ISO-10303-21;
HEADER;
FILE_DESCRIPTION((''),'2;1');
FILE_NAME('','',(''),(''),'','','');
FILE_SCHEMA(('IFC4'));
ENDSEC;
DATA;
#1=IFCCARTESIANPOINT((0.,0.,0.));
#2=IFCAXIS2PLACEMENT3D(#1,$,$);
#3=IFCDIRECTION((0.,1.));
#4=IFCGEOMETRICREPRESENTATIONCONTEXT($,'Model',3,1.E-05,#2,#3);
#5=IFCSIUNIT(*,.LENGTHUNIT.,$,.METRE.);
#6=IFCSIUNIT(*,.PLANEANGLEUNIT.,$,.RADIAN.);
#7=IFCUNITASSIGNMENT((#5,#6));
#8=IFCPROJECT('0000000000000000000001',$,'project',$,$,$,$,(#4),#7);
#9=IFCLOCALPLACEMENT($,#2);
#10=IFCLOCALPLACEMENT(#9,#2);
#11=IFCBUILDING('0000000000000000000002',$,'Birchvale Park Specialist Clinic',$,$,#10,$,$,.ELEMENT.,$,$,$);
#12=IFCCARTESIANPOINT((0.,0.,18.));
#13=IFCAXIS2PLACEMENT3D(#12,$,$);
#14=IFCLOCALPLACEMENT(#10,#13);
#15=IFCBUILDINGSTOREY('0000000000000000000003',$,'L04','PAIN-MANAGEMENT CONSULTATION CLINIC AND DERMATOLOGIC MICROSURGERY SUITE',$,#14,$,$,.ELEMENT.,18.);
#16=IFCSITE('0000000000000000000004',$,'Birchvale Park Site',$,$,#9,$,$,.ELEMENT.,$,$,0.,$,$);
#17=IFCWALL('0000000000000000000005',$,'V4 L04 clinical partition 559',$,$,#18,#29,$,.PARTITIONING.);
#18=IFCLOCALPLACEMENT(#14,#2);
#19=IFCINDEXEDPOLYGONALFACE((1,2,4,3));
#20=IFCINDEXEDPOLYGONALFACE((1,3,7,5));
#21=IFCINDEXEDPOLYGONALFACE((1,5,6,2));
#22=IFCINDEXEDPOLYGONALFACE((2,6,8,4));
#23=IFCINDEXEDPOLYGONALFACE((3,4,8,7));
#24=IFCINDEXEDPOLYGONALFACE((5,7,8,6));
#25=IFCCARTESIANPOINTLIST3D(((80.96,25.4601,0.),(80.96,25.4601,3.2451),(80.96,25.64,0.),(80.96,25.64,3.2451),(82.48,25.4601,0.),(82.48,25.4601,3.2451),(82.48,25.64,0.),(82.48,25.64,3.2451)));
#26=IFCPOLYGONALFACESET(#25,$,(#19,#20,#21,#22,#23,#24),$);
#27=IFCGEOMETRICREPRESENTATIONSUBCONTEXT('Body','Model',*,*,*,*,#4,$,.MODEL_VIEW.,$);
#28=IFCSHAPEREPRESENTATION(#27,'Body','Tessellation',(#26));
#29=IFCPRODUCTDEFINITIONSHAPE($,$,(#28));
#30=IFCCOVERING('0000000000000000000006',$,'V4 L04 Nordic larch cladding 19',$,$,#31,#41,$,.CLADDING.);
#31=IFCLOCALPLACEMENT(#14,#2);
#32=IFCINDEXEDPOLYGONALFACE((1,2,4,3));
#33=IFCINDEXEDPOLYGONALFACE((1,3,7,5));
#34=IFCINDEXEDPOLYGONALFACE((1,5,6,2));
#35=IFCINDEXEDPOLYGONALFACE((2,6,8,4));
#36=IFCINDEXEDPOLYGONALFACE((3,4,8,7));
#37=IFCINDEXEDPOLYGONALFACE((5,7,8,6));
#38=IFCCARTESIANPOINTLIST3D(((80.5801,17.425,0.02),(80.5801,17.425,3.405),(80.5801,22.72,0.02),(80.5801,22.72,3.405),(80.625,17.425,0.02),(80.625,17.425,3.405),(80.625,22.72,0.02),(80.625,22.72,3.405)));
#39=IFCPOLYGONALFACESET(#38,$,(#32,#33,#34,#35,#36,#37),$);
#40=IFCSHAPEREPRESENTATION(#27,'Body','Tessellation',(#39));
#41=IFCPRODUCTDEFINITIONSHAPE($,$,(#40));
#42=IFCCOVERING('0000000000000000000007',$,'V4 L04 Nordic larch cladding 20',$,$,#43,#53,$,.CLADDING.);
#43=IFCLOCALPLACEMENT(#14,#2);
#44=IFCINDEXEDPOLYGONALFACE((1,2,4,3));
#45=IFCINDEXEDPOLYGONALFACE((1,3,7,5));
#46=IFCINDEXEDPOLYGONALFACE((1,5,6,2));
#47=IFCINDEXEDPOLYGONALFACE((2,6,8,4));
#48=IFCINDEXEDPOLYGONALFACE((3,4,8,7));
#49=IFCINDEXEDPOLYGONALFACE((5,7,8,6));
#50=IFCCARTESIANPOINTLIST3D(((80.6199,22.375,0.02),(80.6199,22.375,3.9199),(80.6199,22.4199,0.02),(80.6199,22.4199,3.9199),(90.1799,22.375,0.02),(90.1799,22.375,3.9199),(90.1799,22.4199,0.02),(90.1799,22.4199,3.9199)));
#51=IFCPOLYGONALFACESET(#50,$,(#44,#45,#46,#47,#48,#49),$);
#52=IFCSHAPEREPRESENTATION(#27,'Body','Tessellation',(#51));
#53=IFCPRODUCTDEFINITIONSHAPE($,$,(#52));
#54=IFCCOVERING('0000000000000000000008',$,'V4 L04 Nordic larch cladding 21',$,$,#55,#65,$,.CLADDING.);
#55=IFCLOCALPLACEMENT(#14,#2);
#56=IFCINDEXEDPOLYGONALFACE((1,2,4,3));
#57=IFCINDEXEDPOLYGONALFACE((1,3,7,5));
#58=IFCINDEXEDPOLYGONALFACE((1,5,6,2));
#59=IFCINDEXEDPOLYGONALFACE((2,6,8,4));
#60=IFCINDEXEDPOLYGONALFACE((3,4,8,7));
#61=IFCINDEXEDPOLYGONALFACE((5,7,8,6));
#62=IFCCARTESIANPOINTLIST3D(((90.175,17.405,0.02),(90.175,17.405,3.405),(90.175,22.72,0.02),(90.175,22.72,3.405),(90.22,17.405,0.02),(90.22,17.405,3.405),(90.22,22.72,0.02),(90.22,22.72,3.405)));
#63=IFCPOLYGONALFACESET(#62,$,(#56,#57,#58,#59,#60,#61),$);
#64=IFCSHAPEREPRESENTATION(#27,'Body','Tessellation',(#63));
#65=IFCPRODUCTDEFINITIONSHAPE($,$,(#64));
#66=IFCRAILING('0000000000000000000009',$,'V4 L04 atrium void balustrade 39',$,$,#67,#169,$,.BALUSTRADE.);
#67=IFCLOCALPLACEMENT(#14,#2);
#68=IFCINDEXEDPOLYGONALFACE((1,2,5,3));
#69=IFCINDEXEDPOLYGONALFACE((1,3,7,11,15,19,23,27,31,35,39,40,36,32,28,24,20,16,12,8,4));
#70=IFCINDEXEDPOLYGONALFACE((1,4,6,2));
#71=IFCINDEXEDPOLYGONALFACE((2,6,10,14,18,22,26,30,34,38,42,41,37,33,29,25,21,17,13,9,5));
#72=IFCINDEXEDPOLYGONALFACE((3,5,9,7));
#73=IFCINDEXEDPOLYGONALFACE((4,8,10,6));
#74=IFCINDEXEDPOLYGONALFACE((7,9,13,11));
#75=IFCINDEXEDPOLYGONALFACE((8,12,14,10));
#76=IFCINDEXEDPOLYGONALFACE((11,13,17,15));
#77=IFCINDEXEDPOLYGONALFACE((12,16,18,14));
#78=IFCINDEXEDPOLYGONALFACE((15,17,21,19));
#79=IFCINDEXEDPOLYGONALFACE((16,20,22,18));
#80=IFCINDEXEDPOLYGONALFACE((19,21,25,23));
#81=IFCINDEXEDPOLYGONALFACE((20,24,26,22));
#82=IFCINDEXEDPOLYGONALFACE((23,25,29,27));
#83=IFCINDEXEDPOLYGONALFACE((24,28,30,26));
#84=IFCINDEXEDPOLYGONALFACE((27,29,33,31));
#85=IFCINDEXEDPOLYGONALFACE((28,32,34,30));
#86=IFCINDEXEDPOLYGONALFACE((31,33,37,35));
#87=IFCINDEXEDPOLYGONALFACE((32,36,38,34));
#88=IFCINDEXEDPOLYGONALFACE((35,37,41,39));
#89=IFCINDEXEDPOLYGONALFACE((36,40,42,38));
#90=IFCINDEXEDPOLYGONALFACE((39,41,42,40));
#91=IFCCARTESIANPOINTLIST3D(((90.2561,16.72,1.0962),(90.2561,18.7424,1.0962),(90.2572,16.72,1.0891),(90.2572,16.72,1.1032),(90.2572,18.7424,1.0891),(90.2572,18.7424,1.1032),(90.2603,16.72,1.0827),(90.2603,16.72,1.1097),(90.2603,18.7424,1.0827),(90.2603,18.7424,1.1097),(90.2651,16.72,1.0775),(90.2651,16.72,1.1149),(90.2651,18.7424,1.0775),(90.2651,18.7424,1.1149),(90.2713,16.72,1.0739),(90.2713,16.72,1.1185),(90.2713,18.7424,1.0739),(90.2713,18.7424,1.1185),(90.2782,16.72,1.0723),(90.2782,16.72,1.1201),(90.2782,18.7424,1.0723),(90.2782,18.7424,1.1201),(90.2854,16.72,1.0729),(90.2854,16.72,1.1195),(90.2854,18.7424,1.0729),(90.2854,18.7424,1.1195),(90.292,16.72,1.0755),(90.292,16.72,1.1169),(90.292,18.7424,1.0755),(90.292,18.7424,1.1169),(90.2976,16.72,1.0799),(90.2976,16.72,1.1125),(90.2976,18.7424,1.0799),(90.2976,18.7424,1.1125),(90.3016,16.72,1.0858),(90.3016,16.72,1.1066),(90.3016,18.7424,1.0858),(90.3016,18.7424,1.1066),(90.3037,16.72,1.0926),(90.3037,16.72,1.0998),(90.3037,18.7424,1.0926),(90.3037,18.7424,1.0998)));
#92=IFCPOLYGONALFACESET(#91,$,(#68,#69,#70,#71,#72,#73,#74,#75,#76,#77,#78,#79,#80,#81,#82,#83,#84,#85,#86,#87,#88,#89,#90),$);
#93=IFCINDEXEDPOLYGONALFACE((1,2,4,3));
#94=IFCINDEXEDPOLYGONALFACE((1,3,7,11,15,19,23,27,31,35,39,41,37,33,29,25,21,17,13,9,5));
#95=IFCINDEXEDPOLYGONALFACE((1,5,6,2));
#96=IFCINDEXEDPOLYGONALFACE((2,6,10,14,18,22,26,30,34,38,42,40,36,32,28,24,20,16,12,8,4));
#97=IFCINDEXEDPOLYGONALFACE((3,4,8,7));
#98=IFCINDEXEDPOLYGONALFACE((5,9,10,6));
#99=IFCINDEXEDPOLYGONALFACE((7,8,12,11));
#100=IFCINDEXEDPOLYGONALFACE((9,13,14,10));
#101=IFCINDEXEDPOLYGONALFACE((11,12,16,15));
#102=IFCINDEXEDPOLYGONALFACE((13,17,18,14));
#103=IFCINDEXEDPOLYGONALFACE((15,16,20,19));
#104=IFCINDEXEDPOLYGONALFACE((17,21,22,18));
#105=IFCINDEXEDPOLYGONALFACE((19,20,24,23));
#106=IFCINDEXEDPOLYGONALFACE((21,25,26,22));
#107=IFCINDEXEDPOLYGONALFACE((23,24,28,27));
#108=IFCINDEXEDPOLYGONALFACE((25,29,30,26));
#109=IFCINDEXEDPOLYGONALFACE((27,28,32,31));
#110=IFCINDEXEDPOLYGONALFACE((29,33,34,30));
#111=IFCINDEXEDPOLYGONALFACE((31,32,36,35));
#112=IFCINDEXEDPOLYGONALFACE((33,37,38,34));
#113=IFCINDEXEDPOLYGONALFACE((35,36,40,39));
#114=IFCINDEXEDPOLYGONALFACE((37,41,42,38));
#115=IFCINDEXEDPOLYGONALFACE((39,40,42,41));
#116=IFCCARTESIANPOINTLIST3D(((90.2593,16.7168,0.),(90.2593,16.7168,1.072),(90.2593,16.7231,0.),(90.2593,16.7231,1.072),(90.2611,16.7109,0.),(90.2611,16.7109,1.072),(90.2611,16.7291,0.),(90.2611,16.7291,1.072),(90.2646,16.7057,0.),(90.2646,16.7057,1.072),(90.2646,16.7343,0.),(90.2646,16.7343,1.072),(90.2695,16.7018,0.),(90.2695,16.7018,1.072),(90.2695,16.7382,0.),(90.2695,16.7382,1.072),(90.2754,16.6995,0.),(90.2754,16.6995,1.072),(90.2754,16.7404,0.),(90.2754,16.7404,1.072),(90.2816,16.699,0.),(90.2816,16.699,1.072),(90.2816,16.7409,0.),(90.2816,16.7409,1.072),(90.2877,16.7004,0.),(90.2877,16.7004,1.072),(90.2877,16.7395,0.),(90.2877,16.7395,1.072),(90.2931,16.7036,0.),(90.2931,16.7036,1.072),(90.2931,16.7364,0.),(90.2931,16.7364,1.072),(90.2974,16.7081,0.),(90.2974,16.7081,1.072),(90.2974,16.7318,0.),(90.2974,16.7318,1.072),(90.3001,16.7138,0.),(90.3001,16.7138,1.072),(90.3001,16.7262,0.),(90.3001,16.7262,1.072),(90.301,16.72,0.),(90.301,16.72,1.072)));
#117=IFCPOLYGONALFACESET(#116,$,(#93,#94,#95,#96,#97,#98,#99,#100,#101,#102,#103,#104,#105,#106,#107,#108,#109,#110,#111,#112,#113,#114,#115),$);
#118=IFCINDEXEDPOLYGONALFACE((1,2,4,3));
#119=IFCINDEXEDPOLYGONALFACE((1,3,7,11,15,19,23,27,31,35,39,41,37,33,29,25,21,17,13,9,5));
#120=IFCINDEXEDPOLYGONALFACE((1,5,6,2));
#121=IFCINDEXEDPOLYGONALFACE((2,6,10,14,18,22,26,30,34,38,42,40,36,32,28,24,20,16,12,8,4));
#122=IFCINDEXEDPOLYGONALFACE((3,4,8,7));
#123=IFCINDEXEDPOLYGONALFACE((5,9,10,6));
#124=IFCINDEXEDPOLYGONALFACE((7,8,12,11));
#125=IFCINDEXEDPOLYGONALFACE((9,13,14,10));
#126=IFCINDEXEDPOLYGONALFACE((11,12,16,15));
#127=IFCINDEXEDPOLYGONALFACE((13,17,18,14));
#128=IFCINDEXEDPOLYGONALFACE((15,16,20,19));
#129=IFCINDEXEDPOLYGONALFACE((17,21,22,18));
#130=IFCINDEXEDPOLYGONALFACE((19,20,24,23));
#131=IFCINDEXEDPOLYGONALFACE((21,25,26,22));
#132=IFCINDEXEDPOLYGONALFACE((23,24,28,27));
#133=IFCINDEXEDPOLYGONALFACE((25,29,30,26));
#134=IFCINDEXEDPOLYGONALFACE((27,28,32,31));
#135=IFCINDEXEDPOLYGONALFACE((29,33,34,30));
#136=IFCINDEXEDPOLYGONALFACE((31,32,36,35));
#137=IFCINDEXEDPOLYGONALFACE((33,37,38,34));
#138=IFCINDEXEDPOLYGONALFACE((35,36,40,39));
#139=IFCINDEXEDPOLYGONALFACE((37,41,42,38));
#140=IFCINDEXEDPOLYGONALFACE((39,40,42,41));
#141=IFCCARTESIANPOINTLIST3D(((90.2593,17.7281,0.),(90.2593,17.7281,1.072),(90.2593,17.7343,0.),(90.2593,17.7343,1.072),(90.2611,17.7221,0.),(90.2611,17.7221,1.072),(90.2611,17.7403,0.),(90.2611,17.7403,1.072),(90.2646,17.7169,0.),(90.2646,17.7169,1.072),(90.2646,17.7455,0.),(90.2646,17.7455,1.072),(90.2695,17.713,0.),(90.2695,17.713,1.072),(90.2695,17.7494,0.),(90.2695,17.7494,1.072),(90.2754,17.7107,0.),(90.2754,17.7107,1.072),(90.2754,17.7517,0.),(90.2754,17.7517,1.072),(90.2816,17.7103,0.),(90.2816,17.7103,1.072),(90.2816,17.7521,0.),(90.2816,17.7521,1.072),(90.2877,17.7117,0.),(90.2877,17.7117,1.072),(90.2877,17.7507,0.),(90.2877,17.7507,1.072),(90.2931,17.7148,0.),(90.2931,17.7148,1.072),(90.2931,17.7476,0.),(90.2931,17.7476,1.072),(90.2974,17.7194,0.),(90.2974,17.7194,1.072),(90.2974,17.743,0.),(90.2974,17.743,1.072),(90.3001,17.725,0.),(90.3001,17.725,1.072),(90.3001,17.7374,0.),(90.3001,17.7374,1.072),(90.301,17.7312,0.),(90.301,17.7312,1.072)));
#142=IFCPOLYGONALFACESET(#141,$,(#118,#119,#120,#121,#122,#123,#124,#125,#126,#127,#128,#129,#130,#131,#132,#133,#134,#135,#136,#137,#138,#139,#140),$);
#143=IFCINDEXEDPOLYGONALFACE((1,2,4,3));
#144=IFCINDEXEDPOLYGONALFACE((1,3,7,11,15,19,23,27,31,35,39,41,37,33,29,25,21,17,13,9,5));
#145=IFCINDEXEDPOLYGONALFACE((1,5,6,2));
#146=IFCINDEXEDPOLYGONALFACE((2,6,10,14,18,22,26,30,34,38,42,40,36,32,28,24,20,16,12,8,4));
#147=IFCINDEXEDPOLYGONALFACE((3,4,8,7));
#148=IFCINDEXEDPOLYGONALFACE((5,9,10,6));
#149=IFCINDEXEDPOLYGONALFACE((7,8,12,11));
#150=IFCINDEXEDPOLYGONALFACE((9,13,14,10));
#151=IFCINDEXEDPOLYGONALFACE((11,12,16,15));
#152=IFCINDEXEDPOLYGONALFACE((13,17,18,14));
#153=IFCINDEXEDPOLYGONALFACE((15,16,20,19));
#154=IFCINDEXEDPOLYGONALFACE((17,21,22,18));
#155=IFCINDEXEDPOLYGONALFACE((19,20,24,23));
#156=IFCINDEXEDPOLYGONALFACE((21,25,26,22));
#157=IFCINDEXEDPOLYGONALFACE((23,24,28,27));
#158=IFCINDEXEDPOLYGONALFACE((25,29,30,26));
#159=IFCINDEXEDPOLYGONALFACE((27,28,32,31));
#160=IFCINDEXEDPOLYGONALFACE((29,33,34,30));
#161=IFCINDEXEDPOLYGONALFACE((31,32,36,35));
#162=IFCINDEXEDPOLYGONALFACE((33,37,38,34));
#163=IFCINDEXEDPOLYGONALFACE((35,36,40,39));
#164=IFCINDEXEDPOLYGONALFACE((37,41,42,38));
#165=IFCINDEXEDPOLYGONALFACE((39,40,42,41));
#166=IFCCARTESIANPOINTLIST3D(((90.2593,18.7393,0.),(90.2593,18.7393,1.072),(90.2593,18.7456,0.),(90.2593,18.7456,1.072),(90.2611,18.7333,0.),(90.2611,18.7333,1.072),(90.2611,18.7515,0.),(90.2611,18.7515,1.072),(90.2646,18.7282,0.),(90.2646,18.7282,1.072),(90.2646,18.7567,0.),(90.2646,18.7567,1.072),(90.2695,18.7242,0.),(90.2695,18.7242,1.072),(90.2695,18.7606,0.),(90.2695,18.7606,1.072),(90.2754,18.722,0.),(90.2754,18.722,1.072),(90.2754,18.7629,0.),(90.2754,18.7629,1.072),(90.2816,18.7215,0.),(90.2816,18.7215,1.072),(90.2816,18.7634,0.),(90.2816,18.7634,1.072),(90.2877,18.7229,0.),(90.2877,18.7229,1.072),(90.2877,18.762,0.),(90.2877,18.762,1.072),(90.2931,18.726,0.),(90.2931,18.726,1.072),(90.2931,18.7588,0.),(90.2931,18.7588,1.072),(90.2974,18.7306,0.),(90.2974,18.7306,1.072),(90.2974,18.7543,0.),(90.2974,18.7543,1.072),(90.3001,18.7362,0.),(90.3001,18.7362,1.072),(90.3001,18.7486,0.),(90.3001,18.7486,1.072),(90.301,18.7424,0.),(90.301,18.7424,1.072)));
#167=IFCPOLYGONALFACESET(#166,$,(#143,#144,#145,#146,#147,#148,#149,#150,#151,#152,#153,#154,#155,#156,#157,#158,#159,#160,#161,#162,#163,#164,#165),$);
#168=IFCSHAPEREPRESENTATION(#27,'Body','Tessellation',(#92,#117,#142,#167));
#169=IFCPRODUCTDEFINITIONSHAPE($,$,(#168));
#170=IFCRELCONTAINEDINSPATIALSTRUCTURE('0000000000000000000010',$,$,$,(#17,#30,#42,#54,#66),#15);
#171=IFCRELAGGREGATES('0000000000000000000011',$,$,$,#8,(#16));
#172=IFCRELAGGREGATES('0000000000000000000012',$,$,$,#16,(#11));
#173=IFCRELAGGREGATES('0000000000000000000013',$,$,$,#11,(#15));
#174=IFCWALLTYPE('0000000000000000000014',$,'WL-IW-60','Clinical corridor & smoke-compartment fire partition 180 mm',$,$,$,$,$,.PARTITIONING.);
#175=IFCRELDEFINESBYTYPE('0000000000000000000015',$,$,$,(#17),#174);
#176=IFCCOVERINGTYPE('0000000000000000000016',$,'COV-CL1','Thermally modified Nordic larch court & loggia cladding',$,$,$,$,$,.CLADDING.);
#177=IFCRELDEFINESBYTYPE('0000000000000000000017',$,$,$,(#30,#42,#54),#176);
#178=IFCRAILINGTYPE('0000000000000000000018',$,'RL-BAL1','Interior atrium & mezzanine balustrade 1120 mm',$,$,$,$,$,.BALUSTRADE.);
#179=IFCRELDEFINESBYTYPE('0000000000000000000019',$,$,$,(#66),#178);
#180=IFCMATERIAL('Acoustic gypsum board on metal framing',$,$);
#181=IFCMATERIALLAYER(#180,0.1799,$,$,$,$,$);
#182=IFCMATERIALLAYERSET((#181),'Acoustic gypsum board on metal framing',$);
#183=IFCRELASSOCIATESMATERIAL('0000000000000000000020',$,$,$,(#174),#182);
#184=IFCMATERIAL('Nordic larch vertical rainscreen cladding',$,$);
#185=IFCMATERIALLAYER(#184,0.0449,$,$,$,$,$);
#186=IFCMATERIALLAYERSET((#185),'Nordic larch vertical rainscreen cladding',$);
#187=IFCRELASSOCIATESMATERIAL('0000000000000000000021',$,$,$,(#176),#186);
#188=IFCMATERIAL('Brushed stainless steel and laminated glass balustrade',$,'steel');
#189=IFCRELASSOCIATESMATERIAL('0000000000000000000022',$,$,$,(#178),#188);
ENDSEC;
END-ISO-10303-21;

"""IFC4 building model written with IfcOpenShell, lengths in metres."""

from ifc_helpers import new_model, si_unit, direction, frame, frame_2d, origin, origin_2d, place, context, subcontext, project, spatial, rectangle, circle, extrude, material, layer, layer_set, type_object, element, save


model = new_model("IFC4")

# Units and contexts
model_context = context("Model", 3, precision=1e-05, world=origin(), true_north=direction((0.0, 1.0)))
body_context = subcontext(model_context, "Body", "Model", "MODEL_VIEW")
ifc_project = project(units=[si_unit("LENGTHUNIT", "METRE"), si_unit("PLANEANGLEUNIT", "RADIAN")], contexts=[model_context])

# Site, building, storey
site_placement = place(None, origin())
site = spatial("IfcSite", under=ifc_project, at=site_placement, Name="Birchvale Park Site", CompositionType="ELEMENT", RefElevation=0.0)
building_placement = place(site_placement, origin())
building = spatial("IfcBuilding", under=site, at=building_placement, Name="Birchvale Park Specialist Clinic", CompositionType="ELEMENT")
storey_placement = place(building_placement, frame((0.0, 0.0, 18.0)))
storey = spatial("IfcBuildingStorey", under=building, at=storey_placement, Name="L04", Description="PAIN-MANAGEMENT CONSULTATION CLINIC AND DERMATOLOGIC MICROSURGERY SUITE", CompositionType="ELEMENT", Elevation=18.0)

# Shared definitions
ifc_material_1 = material(Name="Acoustic gypsum board on metal framing")

# Wall
ifc_layer_1 = layer(ifc_material_1, 0.1799)
ifc_layer_set_1 = layer_set([ifc_layer_1], Name="Acoustic gypsum board on metal framing")
wall_type_1 = type_object("IfcWallType", Name="WL-IW-60", Description="Clinical corridor & smoke-compartment fire partition 180 mm", PredefinedType="PARTITIONING", material=ifc_layer_set_1)
wall_1_placement = place(storey_placement, frame((82.48, 25.55, 0.0), z_axis=(0.0, 0.0, 1.0), x_axis=(-1.0, 0.0, 0.0)))
element("IfcWall", 1, at=wall_1_placement, inside=storey, type_object=wall_type_1, Name="V4 L04 clinical partition 559", PredefinedType="PARTITIONING", context=body_context, shape_type="SweptSolid", body=[
    extrude(rectangle(XDim=1.52, YDim=0.1799, at=frame_2d((0.76, 0.0))), origin(), (0.0, 0.0, 1.0), 3.2451),
])

# Coverings
ifc_material_2 = material(Name="Nordic larch vertical rainscreen cladding")
ifc_layer_2 = layer(ifc_material_2, 0.0449)
ifc_layer_set_2 = layer_set([ifc_layer_2], Name="Nordic larch vertical rainscreen cladding")
covering_type = type_object("IfcCoveringType", Name="COV-CL1", Description="Thermally modified Nordic larch court & loggia cladding", PredefinedType="CLADDING", material=ifc_layer_set_2)
covering_1_placement = place(storey_placement, frame((80.6025, 20.0725, 0.02), z_axis=(0.0, 0.0, 1.0), x_axis=(0.0, 1.0, 0.0)))
element("IfcCovering", 2, at=covering_1_placement, inside=storey, type_object=covering_type, Name="V4 L04 Nordic larch cladding 19", PredefinedType="CLADDING", context=body_context, shape_type="SweptSolid", body=[
    extrude(rectangle(XDim=5.2949, YDim=0.0449, at=origin_2d()), origin(), (0.0, 0.0, 1.0), 3.385),
])
covering_2_placement = place(storey_placement, frame((85.3999, 22.3975, 0.02), z_axis=(0.0, 0.0, 1.0), x_axis=(1.0, 0.0, 0.0)))
element("IfcCovering", 3, at=covering_2_placement, inside=storey, type_object=covering_type, Name="V4 L04 Nordic larch cladding 20", PredefinedType="CLADDING", context=body_context, shape_type="SweptSolid", body=[
    extrude(rectangle(XDim=9.5601, YDim=0.0449, at=origin_2d()), origin(), (0.0, 0.0, 1.0), 3.8999),
])
covering_3_placement = place(storey_placement, frame((90.1975, 20.0625, 0.02), z_axis=(0.0, 0.0, 1.0), x_axis=(0.0, -1.0, 0.0)))
element("IfcCovering", 4, at=covering_3_placement, inside=storey, type_object=covering_type, Name="V4 L04 Nordic larch cladding 21", PredefinedType="CLADDING", context=body_context, shape_type="SweptSolid", body=[
    extrude(rectangle(XDim=5.3149, YDim=0.0449, at=origin_2d()), origin(), (0.0, 0.0, 1.0), 3.385),
])

# Railing
ifc_material_3 = material(Name="Brushed stainless steel and laminated glass balustrade", Category="steel")
railing_type = type_object("IfcRailingType", Name="RL-BAL1", Description="Interior atrium & mezzanine balustrade 1120 mm", PredefinedType="BALUSTRADE", material=ifc_material_3)
railing_1_placement = place(storey_placement, frame((90.28, 16.72, 0.0)))
element("IfcRailing", 5, at=railing_1_placement, inside=storey, type_object=railing_type, Name="V4 L04 atrium void balustrade 39", PredefinedType="BALUSTRADE", context=body_context, shape_type="SweptSolid", body=[
    extrude(circle(Radius=0.0239, at=origin_2d()), frame((0.0, 0.0, 1.0962), z_axis=(0.0, 1.0, 0.0), x_axis=(-1.0, 0.0, 0.0)), (0.0, 0.0, 1.0), 2.0225),
    extrude(circle(Radius=0.021, at=origin_2d()), origin(), (0.0, 0.0, 1.0), 1.072),
    extrude(circle(Radius=0.021, at=origin_2d()), frame((0.0, 1.0112, 0.0)), (0.0, 0.0, 1.0), 1.072),
    extrude(circle(Radius=0.021, at=origin_2d()), frame((0.0, 2.0225, 0.0)), (0.0, 0.0, 1.0), 1.072),
])

save(model, "model.ifc")
